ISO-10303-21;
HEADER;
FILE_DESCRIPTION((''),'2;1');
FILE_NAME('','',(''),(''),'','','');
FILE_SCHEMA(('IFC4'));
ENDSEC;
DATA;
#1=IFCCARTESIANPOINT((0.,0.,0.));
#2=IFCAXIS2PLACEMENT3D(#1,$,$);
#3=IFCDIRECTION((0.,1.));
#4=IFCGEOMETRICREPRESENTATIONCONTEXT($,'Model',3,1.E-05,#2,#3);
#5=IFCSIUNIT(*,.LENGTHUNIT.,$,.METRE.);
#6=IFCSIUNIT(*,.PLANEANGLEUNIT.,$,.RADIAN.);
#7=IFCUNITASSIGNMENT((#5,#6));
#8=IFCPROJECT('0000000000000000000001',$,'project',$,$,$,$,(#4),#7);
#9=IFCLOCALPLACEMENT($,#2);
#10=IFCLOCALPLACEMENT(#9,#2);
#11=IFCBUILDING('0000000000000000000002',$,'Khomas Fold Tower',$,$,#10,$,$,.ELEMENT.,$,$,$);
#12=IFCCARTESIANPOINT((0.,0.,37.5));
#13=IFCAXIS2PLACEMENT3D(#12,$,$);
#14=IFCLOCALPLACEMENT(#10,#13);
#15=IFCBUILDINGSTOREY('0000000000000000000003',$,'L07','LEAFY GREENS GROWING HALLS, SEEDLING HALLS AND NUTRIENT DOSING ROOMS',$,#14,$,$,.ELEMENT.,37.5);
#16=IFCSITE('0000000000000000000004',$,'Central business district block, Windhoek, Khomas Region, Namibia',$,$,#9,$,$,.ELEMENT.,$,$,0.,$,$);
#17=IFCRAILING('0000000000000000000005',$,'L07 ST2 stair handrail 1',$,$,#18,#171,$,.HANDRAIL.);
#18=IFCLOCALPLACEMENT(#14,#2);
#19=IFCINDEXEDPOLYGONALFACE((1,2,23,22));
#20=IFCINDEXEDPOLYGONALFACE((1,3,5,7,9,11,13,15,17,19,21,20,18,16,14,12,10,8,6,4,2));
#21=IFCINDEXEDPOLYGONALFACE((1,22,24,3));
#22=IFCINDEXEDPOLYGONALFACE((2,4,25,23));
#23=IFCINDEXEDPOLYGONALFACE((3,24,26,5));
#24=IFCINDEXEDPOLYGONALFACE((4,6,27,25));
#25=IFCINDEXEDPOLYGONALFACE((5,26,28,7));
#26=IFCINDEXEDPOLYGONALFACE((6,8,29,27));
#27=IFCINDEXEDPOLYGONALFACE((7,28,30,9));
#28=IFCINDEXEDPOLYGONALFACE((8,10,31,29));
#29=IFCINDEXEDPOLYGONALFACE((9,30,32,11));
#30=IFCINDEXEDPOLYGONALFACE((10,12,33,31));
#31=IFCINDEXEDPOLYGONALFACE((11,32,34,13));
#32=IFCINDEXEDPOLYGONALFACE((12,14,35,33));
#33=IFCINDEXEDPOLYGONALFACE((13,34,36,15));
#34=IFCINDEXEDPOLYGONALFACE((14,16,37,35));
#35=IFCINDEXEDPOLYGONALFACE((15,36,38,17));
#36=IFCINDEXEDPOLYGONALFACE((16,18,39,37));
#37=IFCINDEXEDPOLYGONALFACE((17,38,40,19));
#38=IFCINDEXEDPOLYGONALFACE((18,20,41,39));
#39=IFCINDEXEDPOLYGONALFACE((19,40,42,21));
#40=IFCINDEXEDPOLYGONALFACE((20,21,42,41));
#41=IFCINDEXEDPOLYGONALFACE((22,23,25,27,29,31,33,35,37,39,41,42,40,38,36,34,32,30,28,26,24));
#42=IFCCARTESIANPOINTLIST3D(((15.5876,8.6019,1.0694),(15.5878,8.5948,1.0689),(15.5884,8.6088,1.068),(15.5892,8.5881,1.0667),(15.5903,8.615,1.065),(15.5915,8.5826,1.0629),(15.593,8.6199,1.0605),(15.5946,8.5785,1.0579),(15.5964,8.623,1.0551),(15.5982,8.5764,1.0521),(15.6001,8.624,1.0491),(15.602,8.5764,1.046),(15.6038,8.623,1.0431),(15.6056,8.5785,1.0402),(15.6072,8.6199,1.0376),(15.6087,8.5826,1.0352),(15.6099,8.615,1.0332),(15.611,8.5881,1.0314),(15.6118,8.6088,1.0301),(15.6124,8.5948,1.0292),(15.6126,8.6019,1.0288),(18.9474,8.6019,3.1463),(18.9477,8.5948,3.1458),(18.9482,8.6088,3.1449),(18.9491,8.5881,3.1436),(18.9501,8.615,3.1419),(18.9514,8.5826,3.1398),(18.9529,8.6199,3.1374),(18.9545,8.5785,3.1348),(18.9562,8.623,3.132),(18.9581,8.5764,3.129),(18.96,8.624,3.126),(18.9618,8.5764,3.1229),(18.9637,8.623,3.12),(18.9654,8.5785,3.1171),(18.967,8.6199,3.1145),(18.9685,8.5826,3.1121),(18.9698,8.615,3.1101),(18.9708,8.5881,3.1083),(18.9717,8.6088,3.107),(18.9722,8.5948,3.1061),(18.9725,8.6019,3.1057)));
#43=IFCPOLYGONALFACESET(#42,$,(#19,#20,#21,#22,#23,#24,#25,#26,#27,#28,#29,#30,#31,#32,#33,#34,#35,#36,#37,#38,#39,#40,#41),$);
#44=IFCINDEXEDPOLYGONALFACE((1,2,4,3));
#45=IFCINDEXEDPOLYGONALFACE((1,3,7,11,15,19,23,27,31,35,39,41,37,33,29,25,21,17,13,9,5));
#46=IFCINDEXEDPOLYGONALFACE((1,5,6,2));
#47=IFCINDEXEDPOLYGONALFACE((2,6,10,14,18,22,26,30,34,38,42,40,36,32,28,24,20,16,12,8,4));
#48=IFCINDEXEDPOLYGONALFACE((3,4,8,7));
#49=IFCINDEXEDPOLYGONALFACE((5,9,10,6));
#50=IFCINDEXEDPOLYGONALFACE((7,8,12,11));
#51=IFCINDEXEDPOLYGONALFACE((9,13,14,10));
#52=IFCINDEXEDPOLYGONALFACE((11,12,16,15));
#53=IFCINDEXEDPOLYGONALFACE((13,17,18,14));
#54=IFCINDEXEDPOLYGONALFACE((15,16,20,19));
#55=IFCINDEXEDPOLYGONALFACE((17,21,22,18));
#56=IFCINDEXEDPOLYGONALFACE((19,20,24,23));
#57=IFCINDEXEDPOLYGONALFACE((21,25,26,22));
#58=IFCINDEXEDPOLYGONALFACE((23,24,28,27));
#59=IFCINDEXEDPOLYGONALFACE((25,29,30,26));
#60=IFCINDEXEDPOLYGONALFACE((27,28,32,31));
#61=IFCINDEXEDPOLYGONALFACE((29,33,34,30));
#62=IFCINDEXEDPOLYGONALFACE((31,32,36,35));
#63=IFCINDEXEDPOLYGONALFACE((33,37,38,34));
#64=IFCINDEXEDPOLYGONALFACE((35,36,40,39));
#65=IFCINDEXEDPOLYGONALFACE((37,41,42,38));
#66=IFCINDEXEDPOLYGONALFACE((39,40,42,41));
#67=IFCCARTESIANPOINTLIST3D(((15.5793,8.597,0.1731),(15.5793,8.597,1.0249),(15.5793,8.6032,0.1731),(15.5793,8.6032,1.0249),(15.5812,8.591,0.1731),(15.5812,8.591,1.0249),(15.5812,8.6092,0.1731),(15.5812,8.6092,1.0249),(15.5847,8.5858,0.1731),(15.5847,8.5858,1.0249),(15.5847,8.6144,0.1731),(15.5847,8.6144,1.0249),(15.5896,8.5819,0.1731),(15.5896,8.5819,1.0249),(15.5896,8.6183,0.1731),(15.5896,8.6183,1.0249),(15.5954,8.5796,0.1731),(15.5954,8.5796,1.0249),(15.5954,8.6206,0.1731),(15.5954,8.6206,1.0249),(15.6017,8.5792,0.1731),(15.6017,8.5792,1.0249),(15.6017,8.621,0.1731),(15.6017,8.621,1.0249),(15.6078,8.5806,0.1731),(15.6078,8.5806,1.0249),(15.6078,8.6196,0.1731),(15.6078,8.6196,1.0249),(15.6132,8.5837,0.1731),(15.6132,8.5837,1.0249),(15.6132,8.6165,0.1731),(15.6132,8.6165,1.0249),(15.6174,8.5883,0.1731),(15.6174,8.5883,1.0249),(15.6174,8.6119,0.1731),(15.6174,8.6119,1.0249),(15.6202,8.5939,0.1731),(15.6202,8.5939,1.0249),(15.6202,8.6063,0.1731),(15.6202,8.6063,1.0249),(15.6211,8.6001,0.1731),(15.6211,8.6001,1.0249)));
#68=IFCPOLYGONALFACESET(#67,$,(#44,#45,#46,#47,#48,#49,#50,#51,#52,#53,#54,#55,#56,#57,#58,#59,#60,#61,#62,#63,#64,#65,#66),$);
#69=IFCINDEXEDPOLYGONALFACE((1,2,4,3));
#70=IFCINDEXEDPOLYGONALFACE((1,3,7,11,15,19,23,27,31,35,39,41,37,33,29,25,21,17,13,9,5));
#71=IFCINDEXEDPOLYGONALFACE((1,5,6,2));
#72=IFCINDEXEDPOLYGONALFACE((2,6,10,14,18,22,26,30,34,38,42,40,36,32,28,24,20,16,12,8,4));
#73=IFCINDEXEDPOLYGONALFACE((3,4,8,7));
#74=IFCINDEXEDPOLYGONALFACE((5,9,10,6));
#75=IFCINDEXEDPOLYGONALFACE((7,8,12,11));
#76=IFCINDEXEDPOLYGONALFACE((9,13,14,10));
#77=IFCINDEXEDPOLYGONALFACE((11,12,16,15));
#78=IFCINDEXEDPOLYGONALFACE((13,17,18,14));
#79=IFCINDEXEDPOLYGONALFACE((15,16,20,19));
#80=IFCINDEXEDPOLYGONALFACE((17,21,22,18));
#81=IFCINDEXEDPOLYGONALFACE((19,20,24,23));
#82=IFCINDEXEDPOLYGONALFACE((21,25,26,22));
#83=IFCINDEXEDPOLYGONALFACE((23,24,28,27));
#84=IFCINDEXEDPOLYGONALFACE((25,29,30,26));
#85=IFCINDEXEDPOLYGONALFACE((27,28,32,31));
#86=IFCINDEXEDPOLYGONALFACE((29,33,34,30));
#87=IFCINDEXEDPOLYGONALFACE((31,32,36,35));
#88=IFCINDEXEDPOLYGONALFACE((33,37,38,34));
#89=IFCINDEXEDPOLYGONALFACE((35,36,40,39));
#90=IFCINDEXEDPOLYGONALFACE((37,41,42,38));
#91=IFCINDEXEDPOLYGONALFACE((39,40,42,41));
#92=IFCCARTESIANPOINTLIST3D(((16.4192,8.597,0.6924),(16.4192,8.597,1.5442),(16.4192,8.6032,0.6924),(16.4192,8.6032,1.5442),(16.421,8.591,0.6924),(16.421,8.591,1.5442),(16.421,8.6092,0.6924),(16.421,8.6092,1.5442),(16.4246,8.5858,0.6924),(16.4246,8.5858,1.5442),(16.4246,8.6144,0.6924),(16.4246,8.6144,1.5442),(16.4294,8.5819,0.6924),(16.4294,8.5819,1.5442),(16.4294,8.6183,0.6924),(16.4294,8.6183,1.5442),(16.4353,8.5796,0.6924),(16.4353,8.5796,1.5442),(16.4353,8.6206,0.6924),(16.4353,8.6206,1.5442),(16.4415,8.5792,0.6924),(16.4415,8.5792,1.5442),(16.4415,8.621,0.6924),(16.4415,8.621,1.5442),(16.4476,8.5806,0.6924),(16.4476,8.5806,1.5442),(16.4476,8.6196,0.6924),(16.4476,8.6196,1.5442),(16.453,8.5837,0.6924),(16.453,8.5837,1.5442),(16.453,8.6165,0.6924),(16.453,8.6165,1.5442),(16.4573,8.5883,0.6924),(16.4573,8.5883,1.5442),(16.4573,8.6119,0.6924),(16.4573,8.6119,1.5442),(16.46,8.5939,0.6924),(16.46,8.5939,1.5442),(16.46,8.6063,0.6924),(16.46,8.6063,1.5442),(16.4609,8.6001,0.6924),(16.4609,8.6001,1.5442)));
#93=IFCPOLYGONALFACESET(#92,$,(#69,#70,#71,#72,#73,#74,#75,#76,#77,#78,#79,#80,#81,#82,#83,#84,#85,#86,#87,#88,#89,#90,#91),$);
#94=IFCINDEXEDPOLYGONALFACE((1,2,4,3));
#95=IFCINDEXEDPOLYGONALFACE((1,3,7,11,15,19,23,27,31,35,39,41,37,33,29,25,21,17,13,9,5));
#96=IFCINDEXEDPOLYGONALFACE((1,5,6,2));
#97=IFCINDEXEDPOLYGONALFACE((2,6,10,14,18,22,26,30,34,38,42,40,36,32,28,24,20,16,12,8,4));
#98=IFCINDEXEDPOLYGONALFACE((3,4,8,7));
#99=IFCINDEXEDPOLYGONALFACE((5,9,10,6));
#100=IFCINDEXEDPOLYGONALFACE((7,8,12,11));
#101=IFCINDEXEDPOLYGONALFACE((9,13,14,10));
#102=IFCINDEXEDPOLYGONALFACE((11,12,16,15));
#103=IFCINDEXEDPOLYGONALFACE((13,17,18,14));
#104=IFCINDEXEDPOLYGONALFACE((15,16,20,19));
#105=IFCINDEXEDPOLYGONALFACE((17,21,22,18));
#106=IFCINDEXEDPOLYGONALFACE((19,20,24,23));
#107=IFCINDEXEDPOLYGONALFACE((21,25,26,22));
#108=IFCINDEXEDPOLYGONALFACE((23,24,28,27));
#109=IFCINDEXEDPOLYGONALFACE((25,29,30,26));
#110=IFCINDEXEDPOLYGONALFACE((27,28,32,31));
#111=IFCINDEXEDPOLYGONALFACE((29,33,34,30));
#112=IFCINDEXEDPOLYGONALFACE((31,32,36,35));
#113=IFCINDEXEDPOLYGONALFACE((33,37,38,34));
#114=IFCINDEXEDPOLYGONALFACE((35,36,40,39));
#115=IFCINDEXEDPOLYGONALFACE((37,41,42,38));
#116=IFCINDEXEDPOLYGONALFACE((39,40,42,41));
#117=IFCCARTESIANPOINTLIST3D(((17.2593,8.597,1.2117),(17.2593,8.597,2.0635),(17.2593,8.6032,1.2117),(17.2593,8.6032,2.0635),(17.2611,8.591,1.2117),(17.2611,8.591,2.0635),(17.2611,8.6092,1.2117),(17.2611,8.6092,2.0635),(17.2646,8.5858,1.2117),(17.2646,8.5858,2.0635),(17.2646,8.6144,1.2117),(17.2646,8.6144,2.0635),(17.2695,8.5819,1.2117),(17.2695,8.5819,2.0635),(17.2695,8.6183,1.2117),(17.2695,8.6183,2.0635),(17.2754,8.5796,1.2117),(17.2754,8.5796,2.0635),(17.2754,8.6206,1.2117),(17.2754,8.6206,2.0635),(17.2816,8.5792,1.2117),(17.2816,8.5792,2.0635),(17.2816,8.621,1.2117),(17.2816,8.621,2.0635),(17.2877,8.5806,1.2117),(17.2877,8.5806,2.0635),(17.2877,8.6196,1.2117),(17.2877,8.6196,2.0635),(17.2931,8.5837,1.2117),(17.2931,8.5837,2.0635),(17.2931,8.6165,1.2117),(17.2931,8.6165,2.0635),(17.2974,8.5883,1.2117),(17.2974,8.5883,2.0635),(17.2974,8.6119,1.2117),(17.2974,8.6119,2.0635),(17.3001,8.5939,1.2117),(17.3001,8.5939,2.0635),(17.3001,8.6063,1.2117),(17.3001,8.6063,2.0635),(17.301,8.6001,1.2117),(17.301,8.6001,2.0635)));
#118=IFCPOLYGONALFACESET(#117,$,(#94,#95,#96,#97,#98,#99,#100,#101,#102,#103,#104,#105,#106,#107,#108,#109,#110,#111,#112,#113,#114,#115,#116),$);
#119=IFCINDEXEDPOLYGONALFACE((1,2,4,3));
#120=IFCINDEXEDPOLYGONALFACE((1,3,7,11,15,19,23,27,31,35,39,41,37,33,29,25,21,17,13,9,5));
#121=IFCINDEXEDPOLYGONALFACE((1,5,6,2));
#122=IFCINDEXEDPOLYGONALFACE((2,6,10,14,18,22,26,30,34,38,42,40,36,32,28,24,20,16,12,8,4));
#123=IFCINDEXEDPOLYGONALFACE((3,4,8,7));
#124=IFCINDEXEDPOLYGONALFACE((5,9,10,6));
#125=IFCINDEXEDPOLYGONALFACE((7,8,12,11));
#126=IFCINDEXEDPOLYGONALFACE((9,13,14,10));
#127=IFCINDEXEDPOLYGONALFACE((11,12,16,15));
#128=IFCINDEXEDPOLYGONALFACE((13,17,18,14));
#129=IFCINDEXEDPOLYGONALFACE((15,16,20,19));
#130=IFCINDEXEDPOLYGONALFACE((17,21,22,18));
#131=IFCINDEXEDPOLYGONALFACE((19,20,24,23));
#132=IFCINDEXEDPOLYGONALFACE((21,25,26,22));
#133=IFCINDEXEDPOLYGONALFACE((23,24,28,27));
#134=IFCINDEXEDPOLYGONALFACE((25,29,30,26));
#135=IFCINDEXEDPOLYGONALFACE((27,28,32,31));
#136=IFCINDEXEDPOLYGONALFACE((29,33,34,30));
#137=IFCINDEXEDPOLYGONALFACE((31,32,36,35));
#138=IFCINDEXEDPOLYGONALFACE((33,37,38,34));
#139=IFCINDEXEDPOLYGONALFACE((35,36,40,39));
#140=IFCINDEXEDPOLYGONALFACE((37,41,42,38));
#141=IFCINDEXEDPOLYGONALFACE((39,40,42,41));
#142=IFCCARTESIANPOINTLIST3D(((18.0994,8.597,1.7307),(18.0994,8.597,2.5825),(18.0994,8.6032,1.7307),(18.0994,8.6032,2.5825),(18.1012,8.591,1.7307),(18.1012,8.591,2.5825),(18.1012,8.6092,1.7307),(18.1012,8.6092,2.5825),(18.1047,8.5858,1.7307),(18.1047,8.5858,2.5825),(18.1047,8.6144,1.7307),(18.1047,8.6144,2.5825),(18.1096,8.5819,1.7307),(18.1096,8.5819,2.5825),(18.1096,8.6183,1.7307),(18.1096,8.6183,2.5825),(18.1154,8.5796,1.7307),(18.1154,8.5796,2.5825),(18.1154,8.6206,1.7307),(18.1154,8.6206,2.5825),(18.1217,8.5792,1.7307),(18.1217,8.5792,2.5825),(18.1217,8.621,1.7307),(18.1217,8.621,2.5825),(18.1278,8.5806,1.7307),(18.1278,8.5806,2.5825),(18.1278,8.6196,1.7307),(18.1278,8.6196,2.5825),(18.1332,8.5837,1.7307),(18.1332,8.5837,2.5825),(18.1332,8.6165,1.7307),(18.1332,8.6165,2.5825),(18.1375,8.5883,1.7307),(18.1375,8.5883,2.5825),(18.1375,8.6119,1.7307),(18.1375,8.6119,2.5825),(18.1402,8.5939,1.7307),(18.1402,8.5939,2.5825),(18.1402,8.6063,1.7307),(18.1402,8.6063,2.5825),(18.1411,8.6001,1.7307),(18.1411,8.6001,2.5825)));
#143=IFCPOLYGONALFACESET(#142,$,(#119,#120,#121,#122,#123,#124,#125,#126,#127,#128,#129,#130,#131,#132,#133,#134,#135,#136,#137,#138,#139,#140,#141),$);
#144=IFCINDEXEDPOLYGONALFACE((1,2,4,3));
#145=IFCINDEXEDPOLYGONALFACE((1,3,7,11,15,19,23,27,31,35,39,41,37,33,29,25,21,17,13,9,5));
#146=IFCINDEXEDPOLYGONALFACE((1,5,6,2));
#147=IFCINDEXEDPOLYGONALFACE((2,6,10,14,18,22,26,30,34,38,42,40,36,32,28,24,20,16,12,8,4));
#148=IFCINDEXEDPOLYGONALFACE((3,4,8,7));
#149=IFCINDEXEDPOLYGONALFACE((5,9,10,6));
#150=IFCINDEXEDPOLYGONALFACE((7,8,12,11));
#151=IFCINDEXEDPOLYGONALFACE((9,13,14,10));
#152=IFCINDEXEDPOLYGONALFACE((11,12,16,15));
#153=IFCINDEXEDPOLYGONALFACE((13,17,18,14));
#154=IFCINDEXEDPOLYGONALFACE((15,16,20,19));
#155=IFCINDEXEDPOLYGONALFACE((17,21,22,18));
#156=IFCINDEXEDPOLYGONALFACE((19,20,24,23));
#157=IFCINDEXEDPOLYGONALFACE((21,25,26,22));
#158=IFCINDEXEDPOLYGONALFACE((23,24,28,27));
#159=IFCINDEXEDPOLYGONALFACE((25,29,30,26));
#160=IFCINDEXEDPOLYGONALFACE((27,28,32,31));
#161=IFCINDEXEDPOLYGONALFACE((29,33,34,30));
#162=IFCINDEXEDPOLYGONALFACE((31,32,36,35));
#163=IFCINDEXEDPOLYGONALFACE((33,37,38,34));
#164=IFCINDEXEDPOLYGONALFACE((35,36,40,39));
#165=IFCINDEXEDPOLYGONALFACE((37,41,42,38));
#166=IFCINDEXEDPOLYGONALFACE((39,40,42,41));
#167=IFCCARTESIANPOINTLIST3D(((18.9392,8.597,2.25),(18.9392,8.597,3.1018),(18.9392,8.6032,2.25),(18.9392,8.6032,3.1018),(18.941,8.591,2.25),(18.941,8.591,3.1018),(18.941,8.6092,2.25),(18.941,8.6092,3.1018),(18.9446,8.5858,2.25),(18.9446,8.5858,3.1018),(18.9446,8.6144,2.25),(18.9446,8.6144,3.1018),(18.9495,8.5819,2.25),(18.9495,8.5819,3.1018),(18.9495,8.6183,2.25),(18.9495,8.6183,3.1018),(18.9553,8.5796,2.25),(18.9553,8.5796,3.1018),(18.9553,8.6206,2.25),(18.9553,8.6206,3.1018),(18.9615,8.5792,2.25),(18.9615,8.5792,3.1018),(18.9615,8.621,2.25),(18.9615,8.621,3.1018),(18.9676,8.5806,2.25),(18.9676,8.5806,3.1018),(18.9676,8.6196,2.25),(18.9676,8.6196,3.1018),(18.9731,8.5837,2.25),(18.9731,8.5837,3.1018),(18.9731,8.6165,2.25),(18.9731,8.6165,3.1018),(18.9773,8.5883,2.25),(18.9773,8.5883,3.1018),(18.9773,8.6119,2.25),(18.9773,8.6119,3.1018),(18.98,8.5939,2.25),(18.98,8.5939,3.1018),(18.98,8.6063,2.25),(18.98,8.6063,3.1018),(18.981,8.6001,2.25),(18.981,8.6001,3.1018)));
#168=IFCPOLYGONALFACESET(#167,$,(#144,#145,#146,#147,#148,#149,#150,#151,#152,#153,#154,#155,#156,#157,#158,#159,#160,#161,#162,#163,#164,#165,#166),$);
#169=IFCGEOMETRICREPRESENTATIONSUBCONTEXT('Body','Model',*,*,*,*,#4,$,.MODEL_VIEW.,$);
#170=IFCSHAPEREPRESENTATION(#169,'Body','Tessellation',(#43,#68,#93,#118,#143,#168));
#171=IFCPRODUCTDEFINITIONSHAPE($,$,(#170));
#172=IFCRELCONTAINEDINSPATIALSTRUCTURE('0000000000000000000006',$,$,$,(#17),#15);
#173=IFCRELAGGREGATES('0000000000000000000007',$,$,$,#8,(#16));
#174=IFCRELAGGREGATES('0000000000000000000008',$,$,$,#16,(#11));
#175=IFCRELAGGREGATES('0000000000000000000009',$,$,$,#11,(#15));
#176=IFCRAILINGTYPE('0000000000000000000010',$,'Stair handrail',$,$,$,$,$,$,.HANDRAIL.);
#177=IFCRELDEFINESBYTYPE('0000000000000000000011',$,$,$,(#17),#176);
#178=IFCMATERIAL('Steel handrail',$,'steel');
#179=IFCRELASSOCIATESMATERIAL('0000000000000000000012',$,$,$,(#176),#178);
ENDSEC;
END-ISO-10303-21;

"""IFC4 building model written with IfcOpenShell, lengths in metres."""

from ifc_helpers import new_model, si_unit, direction, frame, origin, origin_2d, place, context, subcontext, project, spatial, circle, extrude, source, transform, mapped, material, type_object, element, save


model = new_model("IFC4")

# Units and contexts
model_context = context("Model", 3, precision=1e-05, world=origin(), true_north=direction((0.0, 1.0)))
body_context = subcontext(model_context, "Body", "Model", "MODEL_VIEW")
ifc_project = project(units=[si_unit("LENGTHUNIT", "METRE"), si_unit("PLANEANGLEUNIT", "RADIAN")], contexts=[model_context])

# Site, building, storey
site_placement = place(None, origin())
site = spatial("IfcSite", under=ifc_project, at=site_placement, Name="Central business district block, Windhoek, Khomas Region, Namibia", CompositionType="ELEMENT", RefElevation=0.0)
building_placement = place(site_placement, origin())
building = spatial("IfcBuilding", under=site, at=building_placement, Name="Khomas Fold Tower", CompositionType="ELEMENT")
storey_placement = place(building_placement, frame((0.0, 0.0, 37.5)))
storey = spatial("IfcBuildingStorey", under=building, at=storey_placement, Name="L07", Description="LEAFY GREENS GROWING HALLS, SEEDLING HALLS AND NUTRIENT DOSING ROOMS", CompositionType="ELEMENT", Elevation=37.5)

# Railing
ifc_material_1 = material(Name="Steel handrail", Category="steel")
railing_type_1 = type_object("IfcRailingType", Name="Stair handrail", PredefinedType="HANDRAIL", material=ifc_material_1)
shared_shape_1 = source(origin(), body_context, "Body", "SweptSolid", [
    extrude(circle(Radius=0.0239, at=origin_2d()), frame((0.0, 0.0, 0.876), z_axis=(0.850606, 0.0, 0.525803), x_axis=(0.0, 1.0, 0.0)), (0.0, 0.0, 1.0), 3.95),
    extrude(circle(Radius=0.021, at=origin_2d()), origin(), (0.0, 0.0, 1.0), 0.8518),
    extrude(circle(Radius=0.021, at=origin_2d()), frame((0.8398, 0.0, 0.5193)), (0.0, 0.0, 1.0), 0.8518),
    extrude(circle(Radius=0.021, at=origin_2d()), frame((1.6799, 0.0, 1.0386)), (0.0, 0.0, 1.0), 0.8518),
    extrude(circle(Radius=0.021, at=origin_2d()), frame((2.52, 0.0, 1.5576)), (0.0, 0.0, 1.0), 0.8518),
    extrude(circle(Radius=0.021, at=origin_2d()), frame((3.3599, 0.0, 2.0769)), (0.0, 0.0, 1.0), 0.8518),
])
railing_1_placement = place(storey_placement, frame((15.6001, 8.6001, 0.1731)))
element("IfcRailing", 1, at=railing_1_placement, inside=storey, type_object=railing_type_1, Name="L07 ST2 stair handrail 1", PredefinedType="HANDRAIL", context=body_context, shape_type="MappedRepresentation", body=[
    mapped(shared_shape_1, transform((0.0, 0.0, 0.0))),
])

save(model, "model.ifc")
